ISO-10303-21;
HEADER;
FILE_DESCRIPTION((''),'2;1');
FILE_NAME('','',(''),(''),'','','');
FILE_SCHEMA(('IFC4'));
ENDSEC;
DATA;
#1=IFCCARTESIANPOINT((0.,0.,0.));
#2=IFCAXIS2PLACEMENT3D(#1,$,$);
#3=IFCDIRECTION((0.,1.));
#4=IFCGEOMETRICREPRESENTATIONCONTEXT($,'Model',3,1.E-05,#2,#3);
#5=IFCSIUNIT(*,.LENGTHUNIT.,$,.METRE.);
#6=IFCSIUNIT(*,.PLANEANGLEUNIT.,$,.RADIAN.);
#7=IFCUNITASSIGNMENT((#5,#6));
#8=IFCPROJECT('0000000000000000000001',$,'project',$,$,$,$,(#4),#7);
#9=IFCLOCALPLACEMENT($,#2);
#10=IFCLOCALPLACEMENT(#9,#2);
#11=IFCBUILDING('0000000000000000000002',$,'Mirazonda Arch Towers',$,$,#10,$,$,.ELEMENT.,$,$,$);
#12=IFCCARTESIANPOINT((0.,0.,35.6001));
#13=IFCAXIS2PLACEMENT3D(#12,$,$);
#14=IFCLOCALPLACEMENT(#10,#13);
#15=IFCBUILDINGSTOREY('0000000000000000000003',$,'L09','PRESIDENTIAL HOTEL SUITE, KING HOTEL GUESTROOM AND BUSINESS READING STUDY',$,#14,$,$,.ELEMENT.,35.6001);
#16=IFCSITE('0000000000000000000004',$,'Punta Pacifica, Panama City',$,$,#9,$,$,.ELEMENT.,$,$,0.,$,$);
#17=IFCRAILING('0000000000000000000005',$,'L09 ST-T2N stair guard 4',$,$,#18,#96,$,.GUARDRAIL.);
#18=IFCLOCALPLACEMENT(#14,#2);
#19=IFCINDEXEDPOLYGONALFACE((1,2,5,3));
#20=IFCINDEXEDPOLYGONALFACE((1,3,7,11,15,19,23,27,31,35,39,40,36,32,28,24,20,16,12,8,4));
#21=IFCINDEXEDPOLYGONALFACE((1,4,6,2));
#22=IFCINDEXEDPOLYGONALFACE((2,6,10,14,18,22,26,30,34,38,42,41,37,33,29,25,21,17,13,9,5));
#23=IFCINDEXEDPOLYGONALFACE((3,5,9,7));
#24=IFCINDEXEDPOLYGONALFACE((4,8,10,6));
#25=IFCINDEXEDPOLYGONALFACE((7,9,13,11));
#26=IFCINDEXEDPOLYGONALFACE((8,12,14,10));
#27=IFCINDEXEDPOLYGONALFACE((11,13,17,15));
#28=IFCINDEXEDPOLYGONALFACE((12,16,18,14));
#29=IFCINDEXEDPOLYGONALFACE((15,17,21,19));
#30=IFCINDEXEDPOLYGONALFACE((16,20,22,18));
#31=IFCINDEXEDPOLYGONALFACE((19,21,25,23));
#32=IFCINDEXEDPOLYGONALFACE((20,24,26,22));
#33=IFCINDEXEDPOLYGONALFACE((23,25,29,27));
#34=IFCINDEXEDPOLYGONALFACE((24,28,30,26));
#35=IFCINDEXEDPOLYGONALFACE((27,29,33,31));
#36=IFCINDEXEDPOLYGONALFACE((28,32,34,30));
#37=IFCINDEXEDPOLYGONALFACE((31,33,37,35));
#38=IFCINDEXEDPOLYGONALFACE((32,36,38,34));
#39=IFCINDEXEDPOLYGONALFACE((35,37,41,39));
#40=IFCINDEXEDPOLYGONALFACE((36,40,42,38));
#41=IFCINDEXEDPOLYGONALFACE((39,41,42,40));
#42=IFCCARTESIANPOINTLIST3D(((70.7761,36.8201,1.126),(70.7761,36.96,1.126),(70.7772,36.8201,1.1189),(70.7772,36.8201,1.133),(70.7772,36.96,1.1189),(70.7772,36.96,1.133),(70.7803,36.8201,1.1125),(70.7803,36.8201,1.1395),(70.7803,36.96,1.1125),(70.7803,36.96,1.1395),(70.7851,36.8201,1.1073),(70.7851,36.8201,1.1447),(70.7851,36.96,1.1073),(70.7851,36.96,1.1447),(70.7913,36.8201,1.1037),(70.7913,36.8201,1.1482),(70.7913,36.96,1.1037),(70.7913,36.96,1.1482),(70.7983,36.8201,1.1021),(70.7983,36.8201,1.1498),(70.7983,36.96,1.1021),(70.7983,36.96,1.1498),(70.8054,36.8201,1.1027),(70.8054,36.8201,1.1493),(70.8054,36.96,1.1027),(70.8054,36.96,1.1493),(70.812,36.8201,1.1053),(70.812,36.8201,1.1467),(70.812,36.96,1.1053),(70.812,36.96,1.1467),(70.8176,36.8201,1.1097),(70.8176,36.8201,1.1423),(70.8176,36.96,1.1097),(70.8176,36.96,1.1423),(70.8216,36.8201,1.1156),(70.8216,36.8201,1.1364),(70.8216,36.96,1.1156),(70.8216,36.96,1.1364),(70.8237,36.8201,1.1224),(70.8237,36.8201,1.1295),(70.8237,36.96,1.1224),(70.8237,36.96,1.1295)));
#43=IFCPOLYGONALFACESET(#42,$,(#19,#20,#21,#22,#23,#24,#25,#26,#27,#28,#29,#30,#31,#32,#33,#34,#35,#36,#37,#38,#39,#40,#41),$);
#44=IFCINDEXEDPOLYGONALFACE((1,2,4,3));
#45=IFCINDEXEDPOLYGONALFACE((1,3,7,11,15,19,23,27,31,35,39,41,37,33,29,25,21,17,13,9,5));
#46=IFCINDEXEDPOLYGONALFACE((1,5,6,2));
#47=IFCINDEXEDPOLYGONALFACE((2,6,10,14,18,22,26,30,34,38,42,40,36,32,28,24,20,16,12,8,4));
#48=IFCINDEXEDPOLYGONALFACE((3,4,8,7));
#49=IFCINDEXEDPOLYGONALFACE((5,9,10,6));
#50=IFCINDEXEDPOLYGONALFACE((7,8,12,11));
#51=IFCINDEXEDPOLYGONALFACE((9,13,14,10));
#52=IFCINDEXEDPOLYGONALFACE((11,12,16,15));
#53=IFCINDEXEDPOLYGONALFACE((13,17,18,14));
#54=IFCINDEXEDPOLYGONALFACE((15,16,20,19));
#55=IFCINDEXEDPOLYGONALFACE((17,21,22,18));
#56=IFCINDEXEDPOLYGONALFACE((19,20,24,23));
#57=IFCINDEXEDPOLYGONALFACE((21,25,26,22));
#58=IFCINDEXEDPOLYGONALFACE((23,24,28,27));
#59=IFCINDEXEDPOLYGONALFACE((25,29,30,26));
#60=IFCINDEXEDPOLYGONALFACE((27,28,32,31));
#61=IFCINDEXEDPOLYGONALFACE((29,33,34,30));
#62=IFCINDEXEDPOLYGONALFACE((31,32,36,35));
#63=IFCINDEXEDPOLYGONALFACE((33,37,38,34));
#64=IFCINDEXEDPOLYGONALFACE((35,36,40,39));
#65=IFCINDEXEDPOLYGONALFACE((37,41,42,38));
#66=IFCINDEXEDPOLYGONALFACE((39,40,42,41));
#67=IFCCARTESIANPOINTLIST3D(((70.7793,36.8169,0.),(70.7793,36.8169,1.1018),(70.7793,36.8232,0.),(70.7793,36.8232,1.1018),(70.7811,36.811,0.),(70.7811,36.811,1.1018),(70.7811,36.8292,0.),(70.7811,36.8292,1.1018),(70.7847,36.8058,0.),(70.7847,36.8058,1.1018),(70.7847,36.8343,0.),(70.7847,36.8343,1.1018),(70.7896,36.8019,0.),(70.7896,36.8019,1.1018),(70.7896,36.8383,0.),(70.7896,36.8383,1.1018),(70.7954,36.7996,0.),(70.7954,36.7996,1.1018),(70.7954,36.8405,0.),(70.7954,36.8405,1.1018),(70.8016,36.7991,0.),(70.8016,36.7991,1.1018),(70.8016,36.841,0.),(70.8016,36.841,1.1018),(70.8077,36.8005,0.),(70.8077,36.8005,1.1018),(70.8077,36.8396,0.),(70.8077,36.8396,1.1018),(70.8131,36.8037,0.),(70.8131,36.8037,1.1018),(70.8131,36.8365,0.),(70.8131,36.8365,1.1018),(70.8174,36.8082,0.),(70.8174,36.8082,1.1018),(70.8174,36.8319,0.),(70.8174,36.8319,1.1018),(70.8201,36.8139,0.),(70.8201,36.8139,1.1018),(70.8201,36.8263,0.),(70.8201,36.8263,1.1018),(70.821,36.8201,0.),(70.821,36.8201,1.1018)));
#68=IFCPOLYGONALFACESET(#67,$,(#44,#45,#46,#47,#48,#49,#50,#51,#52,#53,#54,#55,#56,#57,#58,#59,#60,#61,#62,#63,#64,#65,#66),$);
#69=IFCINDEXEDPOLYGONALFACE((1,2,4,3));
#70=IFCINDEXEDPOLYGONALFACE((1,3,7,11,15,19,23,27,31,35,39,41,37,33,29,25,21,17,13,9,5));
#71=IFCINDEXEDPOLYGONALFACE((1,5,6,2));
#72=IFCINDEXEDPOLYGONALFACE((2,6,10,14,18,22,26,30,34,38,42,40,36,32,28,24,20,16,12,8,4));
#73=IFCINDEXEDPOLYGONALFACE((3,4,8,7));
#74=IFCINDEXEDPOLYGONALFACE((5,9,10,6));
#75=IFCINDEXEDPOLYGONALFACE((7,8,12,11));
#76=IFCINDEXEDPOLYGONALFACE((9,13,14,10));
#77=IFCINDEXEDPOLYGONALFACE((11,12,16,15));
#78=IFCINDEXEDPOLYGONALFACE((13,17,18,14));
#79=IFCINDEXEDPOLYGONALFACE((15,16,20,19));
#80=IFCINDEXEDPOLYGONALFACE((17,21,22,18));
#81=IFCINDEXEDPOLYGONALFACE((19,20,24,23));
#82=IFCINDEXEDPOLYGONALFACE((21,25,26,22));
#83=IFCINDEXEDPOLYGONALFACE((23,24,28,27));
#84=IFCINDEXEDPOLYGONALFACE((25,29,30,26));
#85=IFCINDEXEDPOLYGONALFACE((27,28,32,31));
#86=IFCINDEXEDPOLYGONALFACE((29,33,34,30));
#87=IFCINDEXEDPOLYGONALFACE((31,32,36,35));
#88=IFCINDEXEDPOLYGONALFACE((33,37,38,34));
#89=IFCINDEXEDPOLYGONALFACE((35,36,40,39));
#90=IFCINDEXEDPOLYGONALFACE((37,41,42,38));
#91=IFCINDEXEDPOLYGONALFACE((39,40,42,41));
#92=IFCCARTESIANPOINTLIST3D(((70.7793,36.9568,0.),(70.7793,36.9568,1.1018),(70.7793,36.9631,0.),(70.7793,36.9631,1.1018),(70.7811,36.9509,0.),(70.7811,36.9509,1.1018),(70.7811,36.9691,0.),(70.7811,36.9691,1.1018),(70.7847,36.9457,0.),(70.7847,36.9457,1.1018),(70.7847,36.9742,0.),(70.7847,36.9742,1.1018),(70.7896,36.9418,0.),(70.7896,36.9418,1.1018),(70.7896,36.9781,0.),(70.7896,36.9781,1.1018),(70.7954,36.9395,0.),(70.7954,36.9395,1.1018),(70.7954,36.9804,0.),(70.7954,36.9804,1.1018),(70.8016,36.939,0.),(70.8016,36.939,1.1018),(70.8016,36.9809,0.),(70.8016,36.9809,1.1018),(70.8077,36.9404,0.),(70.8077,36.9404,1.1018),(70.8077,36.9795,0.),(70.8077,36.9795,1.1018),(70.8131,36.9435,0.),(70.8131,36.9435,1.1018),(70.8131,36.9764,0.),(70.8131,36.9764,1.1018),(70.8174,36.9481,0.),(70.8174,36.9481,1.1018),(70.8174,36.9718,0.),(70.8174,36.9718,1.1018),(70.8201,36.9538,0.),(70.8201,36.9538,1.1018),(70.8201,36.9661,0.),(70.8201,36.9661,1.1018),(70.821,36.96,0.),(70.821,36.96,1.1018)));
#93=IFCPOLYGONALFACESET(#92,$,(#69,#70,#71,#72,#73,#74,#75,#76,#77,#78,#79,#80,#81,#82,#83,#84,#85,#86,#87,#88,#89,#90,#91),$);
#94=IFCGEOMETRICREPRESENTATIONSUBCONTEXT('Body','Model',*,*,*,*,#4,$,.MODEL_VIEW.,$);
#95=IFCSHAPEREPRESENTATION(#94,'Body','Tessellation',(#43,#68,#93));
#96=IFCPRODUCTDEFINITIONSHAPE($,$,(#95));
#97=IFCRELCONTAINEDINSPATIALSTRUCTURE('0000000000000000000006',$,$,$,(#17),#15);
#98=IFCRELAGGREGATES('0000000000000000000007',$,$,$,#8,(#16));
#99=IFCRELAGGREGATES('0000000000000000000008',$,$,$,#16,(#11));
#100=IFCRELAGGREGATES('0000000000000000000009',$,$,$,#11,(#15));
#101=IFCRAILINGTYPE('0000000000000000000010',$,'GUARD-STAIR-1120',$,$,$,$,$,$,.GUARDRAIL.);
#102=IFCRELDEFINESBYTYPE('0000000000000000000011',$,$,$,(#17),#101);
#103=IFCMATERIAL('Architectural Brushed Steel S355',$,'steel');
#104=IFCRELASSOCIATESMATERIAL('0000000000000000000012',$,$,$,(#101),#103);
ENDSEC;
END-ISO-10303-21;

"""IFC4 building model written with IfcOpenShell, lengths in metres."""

from ifc_helpers import new_model, si_unit, direction, frame, origin, origin_2d, place, context, subcontext, project, spatial, circle, extrude, material, type_object, element, save


model = new_model("IFC4")

# Units and contexts
model_context = context("Model", 3, precision=1e-05, world=origin(), true_north=direction((0.0, 1.0)))
body_context = subcontext(model_context, "Body", "Model", "MODEL_VIEW")
ifc_project = project(units=[si_unit("LENGTHUNIT", "METRE"), si_unit("PLANEANGLEUNIT", "RADIAN")], contexts=[model_context])

# Site, building, storey
site_placement = place(None, origin())
site = spatial("IfcSite", under=ifc_project, at=site_placement, Name="Punta Pacifica, Panama City", CompositionType="ELEMENT", RefElevation=0.0)
building_placement = place(site_placement, origin())
building = spatial("IfcBuilding", under=site, at=building_placement, Name="Mirazonda Arch Towers", CompositionType="ELEMENT")
storey_placement = place(building_placement, frame((0.0, 0.0, 35.6001)))
storey = spatial("IfcBuildingStorey", under=building, at=storey_placement, Name="L09", Description="PRESIDENTIAL HOTEL SUITE, KING HOTEL GUESTROOM AND BUSINESS READING STUDY", CompositionType="ELEMENT", Elevation=35.6001)

# Railing
ifc_material_1 = material(Name="Architectural Brushed Steel S355", Category="steel")
railing_type_1 = type_object("IfcRailingType", Name="GUARD-STAIR-1120", PredefinedType="GUARDRAIL", material=ifc_material_1)
railing_1_placement = place(storey_placement, frame((70.8, 36.8201, 0.0)))
element("IfcRailing", 1, at=railing_1_placement, inside=storey, type_object=railing_type_1, Name="L09 ST-T2N stair guard 4", PredefinedType="GUARDRAIL", context=body_context, shape_type="SweptSolid", body=[
    extrude(circle(Radius=0.0239, at=origin_2d()), frame((0.0, 0.0, 1.126), z_axis=(0.0, 1.0, 0.0), x_axis=(-1.0, 0.0, 0.0)), (0.0, 0.0, 1.0), 0.1399),
    extrude(circle(Radius=0.021, at=origin_2d()), origin(), (0.0, 0.0, 1.0), 1.1018),
    extrude(circle(Radius=0.021, at=origin_2d()), frame((0.0, 0.1399, 0.0)), (0.0, 0.0, 1.0), 1.1018),
])

save(model, "model.ifc")
